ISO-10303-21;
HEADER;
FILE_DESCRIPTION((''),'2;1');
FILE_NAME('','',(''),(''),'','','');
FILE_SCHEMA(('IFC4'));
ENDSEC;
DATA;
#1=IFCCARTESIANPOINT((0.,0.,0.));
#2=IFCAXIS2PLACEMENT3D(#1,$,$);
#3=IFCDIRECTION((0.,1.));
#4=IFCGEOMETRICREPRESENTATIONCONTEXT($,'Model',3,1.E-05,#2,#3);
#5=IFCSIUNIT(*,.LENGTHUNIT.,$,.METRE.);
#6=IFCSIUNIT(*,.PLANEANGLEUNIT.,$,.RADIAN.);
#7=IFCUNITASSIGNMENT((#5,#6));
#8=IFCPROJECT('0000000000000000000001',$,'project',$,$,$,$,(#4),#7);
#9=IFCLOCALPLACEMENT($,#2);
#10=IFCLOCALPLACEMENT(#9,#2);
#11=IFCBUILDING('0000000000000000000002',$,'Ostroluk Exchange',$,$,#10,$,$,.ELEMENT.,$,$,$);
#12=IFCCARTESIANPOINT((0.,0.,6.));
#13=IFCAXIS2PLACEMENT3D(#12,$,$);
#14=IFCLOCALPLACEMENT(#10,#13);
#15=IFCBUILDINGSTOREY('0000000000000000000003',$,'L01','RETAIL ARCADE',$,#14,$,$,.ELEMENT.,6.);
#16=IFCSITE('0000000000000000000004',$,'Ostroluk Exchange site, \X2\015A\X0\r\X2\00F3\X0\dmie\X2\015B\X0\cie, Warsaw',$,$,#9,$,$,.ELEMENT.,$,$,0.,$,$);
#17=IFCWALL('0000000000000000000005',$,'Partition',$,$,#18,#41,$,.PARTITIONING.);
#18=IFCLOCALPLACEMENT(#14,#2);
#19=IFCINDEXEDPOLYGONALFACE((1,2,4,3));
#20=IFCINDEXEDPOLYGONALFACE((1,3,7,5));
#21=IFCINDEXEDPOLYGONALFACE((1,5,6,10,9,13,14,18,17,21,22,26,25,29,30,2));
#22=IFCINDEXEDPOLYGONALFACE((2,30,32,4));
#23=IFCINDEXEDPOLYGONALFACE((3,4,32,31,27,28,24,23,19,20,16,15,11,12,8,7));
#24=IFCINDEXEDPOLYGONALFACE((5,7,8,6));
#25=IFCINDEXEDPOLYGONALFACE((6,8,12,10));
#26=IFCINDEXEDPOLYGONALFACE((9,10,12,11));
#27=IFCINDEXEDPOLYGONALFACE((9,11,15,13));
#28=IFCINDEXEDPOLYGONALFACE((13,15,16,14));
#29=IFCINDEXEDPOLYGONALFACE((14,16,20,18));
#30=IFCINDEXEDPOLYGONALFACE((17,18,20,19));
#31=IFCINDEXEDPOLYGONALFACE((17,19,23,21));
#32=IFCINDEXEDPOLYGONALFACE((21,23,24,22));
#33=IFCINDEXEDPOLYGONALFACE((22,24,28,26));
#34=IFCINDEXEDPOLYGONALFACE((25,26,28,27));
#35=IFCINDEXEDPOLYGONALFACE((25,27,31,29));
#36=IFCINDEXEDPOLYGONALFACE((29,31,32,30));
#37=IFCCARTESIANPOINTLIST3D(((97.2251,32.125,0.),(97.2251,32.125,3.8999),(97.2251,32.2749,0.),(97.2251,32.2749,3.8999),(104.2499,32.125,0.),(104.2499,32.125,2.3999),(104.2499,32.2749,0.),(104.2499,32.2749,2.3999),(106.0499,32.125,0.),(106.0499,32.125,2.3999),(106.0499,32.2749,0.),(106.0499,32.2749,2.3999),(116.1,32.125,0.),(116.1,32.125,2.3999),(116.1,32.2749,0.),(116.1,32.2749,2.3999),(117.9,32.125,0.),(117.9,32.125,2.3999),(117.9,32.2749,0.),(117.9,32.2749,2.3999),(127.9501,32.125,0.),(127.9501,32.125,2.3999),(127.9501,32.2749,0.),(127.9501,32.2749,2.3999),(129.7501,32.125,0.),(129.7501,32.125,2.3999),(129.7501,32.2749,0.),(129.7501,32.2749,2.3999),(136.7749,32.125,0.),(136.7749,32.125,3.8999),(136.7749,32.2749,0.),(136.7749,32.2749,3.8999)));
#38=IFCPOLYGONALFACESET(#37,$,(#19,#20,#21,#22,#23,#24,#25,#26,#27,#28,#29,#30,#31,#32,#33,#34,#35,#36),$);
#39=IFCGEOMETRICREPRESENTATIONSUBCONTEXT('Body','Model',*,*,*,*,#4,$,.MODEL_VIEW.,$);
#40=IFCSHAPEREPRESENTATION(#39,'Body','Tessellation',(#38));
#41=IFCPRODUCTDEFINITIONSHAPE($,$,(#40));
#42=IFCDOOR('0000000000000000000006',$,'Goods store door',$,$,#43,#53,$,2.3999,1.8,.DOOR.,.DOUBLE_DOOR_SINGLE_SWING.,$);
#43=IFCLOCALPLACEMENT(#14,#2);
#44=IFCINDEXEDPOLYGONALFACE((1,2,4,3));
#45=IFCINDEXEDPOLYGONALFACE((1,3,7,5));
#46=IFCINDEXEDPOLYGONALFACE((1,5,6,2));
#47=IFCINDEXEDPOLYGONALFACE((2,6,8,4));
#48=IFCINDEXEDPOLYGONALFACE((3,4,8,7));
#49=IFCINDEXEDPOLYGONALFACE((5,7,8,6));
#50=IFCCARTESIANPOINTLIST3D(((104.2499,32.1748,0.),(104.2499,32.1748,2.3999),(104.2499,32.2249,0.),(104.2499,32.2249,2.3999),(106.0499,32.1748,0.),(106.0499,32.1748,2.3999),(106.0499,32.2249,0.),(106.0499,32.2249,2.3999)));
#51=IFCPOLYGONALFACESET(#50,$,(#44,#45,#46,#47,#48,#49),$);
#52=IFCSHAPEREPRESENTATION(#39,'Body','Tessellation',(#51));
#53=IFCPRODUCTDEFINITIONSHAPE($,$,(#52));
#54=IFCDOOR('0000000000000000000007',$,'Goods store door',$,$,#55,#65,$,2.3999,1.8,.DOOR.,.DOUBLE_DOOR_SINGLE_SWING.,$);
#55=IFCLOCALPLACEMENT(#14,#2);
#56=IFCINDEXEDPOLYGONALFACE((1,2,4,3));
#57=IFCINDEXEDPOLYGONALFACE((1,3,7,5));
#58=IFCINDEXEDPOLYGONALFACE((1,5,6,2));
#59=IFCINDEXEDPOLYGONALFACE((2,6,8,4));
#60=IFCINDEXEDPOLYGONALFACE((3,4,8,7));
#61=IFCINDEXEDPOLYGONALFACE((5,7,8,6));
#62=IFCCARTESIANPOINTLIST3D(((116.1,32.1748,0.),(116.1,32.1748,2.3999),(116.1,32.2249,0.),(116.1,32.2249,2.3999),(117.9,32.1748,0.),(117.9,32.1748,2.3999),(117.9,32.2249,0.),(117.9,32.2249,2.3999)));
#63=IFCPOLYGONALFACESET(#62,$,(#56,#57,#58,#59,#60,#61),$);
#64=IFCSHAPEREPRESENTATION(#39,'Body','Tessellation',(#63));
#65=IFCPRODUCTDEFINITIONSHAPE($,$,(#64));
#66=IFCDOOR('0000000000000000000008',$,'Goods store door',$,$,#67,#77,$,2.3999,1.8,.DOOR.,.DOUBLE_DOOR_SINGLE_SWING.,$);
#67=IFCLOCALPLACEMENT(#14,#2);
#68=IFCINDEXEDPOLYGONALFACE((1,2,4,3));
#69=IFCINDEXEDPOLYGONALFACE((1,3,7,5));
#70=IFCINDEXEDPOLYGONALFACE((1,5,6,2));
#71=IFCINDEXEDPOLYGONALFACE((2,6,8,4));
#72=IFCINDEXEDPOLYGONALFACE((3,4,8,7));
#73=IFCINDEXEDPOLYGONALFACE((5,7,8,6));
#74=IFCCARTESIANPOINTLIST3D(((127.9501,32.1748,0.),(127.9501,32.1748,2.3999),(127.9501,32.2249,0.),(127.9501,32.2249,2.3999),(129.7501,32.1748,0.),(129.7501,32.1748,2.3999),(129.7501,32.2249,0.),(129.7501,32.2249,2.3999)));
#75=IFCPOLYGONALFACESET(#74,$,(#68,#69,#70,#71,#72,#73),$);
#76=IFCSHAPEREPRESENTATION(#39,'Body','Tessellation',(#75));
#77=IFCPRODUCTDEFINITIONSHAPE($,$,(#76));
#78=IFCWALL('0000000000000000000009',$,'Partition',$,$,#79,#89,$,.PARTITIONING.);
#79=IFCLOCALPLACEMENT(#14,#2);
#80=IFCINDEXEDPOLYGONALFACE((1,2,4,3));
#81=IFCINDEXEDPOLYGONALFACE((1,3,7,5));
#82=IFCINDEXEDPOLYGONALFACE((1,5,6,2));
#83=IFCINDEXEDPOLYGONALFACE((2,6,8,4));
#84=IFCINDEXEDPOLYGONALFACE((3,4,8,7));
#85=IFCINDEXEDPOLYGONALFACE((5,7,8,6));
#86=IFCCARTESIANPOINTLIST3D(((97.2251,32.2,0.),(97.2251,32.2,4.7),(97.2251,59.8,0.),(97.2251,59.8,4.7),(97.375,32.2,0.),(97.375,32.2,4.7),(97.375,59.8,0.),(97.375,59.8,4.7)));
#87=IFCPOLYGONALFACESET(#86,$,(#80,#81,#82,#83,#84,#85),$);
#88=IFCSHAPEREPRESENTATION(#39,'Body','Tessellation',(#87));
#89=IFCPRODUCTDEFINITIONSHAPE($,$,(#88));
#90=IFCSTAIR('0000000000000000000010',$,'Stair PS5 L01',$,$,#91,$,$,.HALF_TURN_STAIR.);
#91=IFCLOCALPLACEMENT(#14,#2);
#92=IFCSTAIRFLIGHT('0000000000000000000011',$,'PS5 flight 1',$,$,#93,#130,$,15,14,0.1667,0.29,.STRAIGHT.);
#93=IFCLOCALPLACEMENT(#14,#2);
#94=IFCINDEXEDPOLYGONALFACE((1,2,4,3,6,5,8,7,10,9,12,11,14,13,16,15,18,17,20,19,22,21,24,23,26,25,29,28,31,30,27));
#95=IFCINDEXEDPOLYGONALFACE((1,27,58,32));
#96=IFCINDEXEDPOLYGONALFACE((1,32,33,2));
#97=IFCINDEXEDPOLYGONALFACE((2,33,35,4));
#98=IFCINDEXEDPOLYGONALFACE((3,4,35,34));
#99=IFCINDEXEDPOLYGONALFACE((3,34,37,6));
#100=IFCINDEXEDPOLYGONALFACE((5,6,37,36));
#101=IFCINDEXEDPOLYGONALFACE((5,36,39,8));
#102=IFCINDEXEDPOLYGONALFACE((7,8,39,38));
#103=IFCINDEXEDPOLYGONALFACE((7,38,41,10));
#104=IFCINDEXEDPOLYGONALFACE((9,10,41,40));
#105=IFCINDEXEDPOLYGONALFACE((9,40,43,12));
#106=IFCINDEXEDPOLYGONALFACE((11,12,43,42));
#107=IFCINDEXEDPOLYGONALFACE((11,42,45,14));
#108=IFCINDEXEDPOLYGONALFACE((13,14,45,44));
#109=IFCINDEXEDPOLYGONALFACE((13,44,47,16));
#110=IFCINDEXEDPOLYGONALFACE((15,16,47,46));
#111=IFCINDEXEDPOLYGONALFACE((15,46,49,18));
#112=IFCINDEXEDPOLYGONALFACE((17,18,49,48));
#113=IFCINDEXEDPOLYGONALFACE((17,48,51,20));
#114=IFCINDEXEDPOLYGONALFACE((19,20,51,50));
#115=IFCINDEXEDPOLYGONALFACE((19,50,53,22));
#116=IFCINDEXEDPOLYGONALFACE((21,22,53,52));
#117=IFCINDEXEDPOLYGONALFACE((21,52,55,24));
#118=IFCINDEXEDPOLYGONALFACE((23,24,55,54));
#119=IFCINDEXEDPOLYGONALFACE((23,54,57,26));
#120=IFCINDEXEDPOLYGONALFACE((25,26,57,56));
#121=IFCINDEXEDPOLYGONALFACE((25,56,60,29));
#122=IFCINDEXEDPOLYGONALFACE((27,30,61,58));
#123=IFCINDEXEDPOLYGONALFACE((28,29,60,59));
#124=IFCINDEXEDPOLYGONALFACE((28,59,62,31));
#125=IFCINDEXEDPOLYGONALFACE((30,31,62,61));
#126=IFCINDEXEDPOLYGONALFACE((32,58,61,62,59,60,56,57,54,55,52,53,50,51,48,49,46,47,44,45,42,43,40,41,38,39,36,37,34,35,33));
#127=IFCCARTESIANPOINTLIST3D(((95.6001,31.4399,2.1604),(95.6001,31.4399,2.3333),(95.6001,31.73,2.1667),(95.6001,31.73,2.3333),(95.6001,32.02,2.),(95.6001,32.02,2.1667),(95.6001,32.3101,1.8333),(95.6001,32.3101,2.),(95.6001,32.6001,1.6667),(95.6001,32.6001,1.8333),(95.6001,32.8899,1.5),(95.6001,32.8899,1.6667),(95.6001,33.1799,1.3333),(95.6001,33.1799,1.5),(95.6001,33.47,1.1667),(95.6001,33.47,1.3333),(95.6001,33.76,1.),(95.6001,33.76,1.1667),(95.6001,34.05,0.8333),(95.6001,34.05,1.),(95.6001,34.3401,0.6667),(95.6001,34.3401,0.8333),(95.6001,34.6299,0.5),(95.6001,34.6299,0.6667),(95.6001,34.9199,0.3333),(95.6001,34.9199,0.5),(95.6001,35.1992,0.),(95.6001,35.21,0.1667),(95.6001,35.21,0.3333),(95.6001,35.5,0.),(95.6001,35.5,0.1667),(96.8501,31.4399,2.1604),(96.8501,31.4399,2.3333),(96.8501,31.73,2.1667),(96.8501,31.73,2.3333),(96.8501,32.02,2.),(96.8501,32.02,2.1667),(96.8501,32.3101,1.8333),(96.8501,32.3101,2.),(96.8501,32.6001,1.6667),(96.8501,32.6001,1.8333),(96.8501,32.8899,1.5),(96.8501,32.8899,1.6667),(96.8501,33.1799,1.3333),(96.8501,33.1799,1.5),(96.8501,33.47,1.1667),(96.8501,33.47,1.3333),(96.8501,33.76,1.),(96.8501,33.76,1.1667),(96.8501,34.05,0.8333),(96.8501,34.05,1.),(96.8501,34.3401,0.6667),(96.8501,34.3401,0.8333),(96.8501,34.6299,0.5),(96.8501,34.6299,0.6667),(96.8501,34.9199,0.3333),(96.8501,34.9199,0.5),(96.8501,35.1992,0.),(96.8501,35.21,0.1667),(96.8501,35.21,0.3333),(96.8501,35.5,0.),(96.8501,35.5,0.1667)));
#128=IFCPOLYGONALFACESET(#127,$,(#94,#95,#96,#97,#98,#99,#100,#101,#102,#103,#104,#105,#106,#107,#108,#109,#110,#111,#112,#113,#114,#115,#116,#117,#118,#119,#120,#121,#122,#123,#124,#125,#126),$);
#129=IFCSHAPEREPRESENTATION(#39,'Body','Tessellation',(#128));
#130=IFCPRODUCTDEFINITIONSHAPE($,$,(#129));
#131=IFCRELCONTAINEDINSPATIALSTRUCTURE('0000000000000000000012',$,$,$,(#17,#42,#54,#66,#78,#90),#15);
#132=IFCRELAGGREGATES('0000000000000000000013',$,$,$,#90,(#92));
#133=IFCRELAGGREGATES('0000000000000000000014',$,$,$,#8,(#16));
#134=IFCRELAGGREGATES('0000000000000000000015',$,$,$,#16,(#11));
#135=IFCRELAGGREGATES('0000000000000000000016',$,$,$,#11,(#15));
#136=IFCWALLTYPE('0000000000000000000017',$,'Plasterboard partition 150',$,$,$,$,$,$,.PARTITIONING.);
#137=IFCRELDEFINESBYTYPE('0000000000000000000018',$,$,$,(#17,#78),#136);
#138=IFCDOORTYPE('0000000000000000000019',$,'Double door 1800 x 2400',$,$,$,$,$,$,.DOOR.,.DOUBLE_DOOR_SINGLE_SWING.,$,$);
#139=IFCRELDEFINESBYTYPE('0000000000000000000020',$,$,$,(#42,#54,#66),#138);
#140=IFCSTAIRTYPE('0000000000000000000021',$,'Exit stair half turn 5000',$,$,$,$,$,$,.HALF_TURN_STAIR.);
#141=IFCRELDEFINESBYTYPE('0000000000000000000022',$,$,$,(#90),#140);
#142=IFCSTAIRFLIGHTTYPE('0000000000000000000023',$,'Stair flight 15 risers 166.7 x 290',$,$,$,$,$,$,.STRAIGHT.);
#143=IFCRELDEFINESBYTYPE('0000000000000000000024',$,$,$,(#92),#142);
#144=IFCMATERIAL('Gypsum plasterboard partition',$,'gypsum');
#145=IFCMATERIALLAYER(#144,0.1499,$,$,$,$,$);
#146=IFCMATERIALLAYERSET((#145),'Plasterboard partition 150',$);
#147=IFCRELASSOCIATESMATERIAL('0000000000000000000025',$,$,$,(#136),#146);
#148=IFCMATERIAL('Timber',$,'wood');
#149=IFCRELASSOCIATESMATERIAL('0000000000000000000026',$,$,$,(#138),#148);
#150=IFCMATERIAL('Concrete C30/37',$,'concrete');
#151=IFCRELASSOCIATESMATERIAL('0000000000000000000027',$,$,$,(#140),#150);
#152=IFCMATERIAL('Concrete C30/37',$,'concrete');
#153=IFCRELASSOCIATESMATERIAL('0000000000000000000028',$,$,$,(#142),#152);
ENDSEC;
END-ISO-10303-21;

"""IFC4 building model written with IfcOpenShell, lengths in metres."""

from ifc_helpers import new_model, si_unit, direction, frame, frame_2d, origin, place, context, subcontext, project, spatial, polyline, rectangle, outline, extrude, material, layer, layer_set, type_object, element, fill, aggregate, save


model = new_model("IFC4")

# Units and contexts
model_context = context("Model", 3, precision=1e-05, world=origin(), true_north=direction((0.0, 1.0)))
body_context = subcontext(model_context, "Body", "Model", "MODEL_VIEW")
ifc_project = project(units=[si_unit("LENGTHUNIT", "METRE"), si_unit("PLANEANGLEUNIT", "RADIAN")], contexts=[model_context])

# Site, building, storey
site_placement = place(None, origin())
site = spatial("IfcSite", under=ifc_project, at=site_placement, Name="Ostroluk Exchange site, Śródmieście, Warsaw", CompositionType="ELEMENT", RefElevation=0.0)
building_placement = place(site_placement, origin())
building = spatial("IfcBuilding", under=site, at=building_placement, Name="Ostroluk Exchange", CompositionType="ELEMENT")
storey_placement = place(building_placement, frame((0.0, 0.0, 6.0)))
storey = spatial("IfcBuildingStorey", under=building, at=storey_placement, Name="L01", Description="RETAIL ARCADE", CompositionType="ELEMENT", Elevation=6.0)

# Wall, openings, doors
ifc_material_1 = material(Name="Gypsum plasterboard partition", Category="gypsum")
ifc_layer_1 = layer(ifc_material_1, 0.1499)
ifc_layer_set_1 = layer_set([ifc_layer_1], Name="Plasterboard partition 150")
wall_type_1 = type_object("IfcWallType", Name="Plasterboard partition 150", PredefinedType="PARTITIONING", material=ifc_layer_set_1)
wall_1_placement = place(storey_placement, frame((97.2251, 32.2, 0.0), z_axis=(0.0, 0.0, 1.0), x_axis=(1.0, 0.0, 0.0)))
wall_1 = element("IfcWall", 1, at=wall_1_placement, inside=storey, type_object=wall_type_1, Name="Partition", PredefinedType="PARTITIONING", context=body_context, shape_type="SweptSolid", body=[
    extrude(rectangle(XDim=39.5498, YDim=0.1499, at=frame_2d((19.7749, 0.0))), origin(), (0.0, 0.0, 1.0), 3.8999),
])
opening_1_placement = place(wall_1_placement, frame((7.0249, 0.0, 0.0)))
opening_1 = element("IfcOpeningElement", 2, at=opening_1_placement, cuts=wall_1, PredefinedType="OPENING", context=body_context, shape_type="SweptSolid", body=[
    extrude(rectangle(XDim=1.8, YDim=2.3999, at=frame_2d((0.8999, 1.2))), frame((0.0, 0.085, 0.0), z_axis=(0.0, -1.0, 0.0), x_axis=(1.0, 0.0, 0.0)), (0.0, 0.0, 1.0), 0.1699),
])
opening_2_placement = place(wall_1_placement, frame((18.875, 0.0, 0.0)))
opening_2 = element("IfcOpeningElement", 3, at=opening_2_placement, cuts=wall_1, PredefinedType="OPENING", context=body_context, shape_type="SweptSolid", body=[
    extrude(rectangle(XDim=1.8, YDim=2.3999, at=frame_2d((0.8999, 1.2))), frame((0.0, 0.085, 0.0), z_axis=(0.0, -1.0, 0.0), x_axis=(1.0, 0.0, 0.0)), (0.0, 0.0, 1.0), 0.1699),
])
opening_3_placement = place(wall_1_placement, frame((30.7251, 0.0, 0.0)))
opening_3 = element("IfcOpeningElement", 4, at=opening_3_placement, cuts=wall_1, PredefinedType="OPENING", context=body_context, shape_type="SweptSolid", body=[
    extrude(rectangle(XDim=1.8, YDim=2.3999, at=frame_2d((0.8999, 1.2))), frame((0.0, 0.085, 0.0), z_axis=(0.0, -1.0, 0.0), x_axis=(1.0, 0.0, 0.0)), (0.0, 0.0, 1.0), 0.1699),
])
ifc_material_2 = material(Name="Timber", Category="wood")
door_type_1 = type_object("IfcDoorType", Name="Double door 1800 x 2400", OperationType="DOUBLE_DOOR_SINGLE_SWING", PredefinedType="DOOR", material=ifc_material_2)
door_1_placement = place(opening_1_placement, origin())
door_1 = element("IfcDoor", 5, at=door_1_placement, inside=storey, type_object=door_type_1, Name="Goods store door", OperationType="DOUBLE_DOOR_SINGLE_SWING", OverallHeight=2.3999, OverallWidth=1.8, PredefinedType="DOOR", context=body_context, shape_type="SweptSolid", body=[
    extrude(rectangle(XDim=1.8, YDim=2.3999, at=frame_2d((0.8999, 1.2))), frame((0.0, 0.0249, 0.0), z_axis=(0.0, -1.0, 0.0), x_axis=(1.0, 0.0, 0.0)), (0.0, 0.0, 1.0), 0.05),
])
fill(opening_1, door_1)
door_2_placement = place(opening_2_placement, origin())
door_2 = element("IfcDoor", 6, at=door_2_placement, inside=storey, type_object=door_type_1, Name="Goods store door", OperationType="DOUBLE_DOOR_SINGLE_SWING", OverallHeight=2.3999, OverallWidth=1.8, PredefinedType="DOOR", context=body_context, shape_type="SweptSolid", body=[
    extrude(rectangle(XDim=1.8, YDim=2.3999, at=frame_2d((0.8999, 1.2))), frame((0.0, 0.0249, 0.0), z_axis=(0.0, -1.0, 0.0), x_axis=(1.0, 0.0, 0.0)), (0.0, 0.0, 1.0), 0.05),
])
fill(opening_2, door_2)
door_3_placement = place(opening_3_placement, origin())
door_3 = element("IfcDoor", 7, at=door_3_placement, inside=storey, type_object=door_type_1, Name="Goods store door", OperationType="DOUBLE_DOOR_SINGLE_SWING", OverallHeight=2.3999, OverallWidth=1.8, PredefinedType="DOOR", context=body_context, shape_type="SweptSolid", body=[
    extrude(rectangle(XDim=1.8, YDim=2.3999, at=frame_2d((0.8999, 1.2))), frame((0.0, 0.0249, 0.0), z_axis=(0.0, -1.0, 0.0), x_axis=(1.0, 0.0, 0.0)), (0.0, 0.0, 1.0), 0.05),
])
fill(opening_3, door_3)

# Wall
wall_2_placement = place(storey_placement, frame((97.3, 32.2, 0.0), z_axis=(0.0, 0.0, 1.0), x_axis=(0.0, 1.0, 0.0)))
element("IfcWall", 8, at=wall_2_placement, inside=storey, type_object=wall_type_1, Name="Partition", PredefinedType="PARTITIONING", context=body_context, shape_type="SweptSolid", body=[
    extrude(rectangle(XDim=27.6001, YDim=0.1499, at=frame_2d((13.8, 0.0))), origin(), (0.0, 0.0, 1.0), 4.7),
])

# Stair, stair flight
ifc_material_3 = material(Name="Concrete C30/37", Category="concrete")
stair_type = type_object("IfcStairType", Name="Exit stair half turn 5000", PredefinedType="HALF_TURN_STAIR", material=ifc_material_3)
stair_placement = place(storey_placement, origin())
stair = element("IfcStair", 9, at=stair_placement, inside=storey, type_object=stair_type, Name="Stair PS5 L01", PredefinedType="HALF_TURN_STAIR")
ifc_material_4 = material(Name="Concrete C30/37", Category="concrete")
stair_flight_type = type_object("IfcStairFlightType", Name="Stair flight 15 risers 166.7 x 290", PredefinedType="STRAIGHT", material=ifc_material_4)
stair_flight_placement = place(storey_placement, frame((96.2251, 35.5, 0.0), z_axis=(0.0, 0.0, 1.0), x_axis=(0.0, -1.0, 0.0)))
stair_flight = element("IfcStairFlight", 10, at=stair_flight_placement, type_object=stair_flight_type, Name="PS5 flight 1", NumberOfRisers=15, NumberOfTreads=14, PredefinedType="STRAIGHT", RiserHeight=0.1667, TreadLength=0.29, context=body_context, shape_type="SweptSolid", body=[
    extrude(outline(polyline([(0.0, 0.0), (0.0, 0.1667), (0.29, 0.1667), (0.29, 0.3333), (0.5801, 0.3333), (0.5801, 0.5), (0.8701, 0.5), (0.8701, 0.6667), (1.1599, 0.6667), (1.1599, 0.8333), (1.45, 0.8333), (1.45, 1.0), (1.74, 1.0), (1.74, 1.1667), (2.03, 1.1667), (2.03, 1.3333), (2.3201, 1.3333), (2.3201, 1.5), (2.6101, 1.5), (2.6101, 1.6667), (2.8999, 1.6667), (2.8999, 1.8333), (3.1899, 1.8333), (3.1899, 2.0), (3.48, 2.0), (3.48, 2.1667), (3.77, 2.1667), (3.77, 2.3333), (4.0601, 2.3333), (4.0601, 2.5), (4.0601, 2.1604), (0.3008, 0.0), (0.0, 0.0)])), frame((0.0, 0.625, 0.0), z_axis=(0.0, -1.0, 0.0), x_axis=(1.0, 0.0, 0.0)), (0.0, 0.0, 1.0), 1.25),
])
aggregate(stair, [stair_flight])

save(model, "model.ifc")
